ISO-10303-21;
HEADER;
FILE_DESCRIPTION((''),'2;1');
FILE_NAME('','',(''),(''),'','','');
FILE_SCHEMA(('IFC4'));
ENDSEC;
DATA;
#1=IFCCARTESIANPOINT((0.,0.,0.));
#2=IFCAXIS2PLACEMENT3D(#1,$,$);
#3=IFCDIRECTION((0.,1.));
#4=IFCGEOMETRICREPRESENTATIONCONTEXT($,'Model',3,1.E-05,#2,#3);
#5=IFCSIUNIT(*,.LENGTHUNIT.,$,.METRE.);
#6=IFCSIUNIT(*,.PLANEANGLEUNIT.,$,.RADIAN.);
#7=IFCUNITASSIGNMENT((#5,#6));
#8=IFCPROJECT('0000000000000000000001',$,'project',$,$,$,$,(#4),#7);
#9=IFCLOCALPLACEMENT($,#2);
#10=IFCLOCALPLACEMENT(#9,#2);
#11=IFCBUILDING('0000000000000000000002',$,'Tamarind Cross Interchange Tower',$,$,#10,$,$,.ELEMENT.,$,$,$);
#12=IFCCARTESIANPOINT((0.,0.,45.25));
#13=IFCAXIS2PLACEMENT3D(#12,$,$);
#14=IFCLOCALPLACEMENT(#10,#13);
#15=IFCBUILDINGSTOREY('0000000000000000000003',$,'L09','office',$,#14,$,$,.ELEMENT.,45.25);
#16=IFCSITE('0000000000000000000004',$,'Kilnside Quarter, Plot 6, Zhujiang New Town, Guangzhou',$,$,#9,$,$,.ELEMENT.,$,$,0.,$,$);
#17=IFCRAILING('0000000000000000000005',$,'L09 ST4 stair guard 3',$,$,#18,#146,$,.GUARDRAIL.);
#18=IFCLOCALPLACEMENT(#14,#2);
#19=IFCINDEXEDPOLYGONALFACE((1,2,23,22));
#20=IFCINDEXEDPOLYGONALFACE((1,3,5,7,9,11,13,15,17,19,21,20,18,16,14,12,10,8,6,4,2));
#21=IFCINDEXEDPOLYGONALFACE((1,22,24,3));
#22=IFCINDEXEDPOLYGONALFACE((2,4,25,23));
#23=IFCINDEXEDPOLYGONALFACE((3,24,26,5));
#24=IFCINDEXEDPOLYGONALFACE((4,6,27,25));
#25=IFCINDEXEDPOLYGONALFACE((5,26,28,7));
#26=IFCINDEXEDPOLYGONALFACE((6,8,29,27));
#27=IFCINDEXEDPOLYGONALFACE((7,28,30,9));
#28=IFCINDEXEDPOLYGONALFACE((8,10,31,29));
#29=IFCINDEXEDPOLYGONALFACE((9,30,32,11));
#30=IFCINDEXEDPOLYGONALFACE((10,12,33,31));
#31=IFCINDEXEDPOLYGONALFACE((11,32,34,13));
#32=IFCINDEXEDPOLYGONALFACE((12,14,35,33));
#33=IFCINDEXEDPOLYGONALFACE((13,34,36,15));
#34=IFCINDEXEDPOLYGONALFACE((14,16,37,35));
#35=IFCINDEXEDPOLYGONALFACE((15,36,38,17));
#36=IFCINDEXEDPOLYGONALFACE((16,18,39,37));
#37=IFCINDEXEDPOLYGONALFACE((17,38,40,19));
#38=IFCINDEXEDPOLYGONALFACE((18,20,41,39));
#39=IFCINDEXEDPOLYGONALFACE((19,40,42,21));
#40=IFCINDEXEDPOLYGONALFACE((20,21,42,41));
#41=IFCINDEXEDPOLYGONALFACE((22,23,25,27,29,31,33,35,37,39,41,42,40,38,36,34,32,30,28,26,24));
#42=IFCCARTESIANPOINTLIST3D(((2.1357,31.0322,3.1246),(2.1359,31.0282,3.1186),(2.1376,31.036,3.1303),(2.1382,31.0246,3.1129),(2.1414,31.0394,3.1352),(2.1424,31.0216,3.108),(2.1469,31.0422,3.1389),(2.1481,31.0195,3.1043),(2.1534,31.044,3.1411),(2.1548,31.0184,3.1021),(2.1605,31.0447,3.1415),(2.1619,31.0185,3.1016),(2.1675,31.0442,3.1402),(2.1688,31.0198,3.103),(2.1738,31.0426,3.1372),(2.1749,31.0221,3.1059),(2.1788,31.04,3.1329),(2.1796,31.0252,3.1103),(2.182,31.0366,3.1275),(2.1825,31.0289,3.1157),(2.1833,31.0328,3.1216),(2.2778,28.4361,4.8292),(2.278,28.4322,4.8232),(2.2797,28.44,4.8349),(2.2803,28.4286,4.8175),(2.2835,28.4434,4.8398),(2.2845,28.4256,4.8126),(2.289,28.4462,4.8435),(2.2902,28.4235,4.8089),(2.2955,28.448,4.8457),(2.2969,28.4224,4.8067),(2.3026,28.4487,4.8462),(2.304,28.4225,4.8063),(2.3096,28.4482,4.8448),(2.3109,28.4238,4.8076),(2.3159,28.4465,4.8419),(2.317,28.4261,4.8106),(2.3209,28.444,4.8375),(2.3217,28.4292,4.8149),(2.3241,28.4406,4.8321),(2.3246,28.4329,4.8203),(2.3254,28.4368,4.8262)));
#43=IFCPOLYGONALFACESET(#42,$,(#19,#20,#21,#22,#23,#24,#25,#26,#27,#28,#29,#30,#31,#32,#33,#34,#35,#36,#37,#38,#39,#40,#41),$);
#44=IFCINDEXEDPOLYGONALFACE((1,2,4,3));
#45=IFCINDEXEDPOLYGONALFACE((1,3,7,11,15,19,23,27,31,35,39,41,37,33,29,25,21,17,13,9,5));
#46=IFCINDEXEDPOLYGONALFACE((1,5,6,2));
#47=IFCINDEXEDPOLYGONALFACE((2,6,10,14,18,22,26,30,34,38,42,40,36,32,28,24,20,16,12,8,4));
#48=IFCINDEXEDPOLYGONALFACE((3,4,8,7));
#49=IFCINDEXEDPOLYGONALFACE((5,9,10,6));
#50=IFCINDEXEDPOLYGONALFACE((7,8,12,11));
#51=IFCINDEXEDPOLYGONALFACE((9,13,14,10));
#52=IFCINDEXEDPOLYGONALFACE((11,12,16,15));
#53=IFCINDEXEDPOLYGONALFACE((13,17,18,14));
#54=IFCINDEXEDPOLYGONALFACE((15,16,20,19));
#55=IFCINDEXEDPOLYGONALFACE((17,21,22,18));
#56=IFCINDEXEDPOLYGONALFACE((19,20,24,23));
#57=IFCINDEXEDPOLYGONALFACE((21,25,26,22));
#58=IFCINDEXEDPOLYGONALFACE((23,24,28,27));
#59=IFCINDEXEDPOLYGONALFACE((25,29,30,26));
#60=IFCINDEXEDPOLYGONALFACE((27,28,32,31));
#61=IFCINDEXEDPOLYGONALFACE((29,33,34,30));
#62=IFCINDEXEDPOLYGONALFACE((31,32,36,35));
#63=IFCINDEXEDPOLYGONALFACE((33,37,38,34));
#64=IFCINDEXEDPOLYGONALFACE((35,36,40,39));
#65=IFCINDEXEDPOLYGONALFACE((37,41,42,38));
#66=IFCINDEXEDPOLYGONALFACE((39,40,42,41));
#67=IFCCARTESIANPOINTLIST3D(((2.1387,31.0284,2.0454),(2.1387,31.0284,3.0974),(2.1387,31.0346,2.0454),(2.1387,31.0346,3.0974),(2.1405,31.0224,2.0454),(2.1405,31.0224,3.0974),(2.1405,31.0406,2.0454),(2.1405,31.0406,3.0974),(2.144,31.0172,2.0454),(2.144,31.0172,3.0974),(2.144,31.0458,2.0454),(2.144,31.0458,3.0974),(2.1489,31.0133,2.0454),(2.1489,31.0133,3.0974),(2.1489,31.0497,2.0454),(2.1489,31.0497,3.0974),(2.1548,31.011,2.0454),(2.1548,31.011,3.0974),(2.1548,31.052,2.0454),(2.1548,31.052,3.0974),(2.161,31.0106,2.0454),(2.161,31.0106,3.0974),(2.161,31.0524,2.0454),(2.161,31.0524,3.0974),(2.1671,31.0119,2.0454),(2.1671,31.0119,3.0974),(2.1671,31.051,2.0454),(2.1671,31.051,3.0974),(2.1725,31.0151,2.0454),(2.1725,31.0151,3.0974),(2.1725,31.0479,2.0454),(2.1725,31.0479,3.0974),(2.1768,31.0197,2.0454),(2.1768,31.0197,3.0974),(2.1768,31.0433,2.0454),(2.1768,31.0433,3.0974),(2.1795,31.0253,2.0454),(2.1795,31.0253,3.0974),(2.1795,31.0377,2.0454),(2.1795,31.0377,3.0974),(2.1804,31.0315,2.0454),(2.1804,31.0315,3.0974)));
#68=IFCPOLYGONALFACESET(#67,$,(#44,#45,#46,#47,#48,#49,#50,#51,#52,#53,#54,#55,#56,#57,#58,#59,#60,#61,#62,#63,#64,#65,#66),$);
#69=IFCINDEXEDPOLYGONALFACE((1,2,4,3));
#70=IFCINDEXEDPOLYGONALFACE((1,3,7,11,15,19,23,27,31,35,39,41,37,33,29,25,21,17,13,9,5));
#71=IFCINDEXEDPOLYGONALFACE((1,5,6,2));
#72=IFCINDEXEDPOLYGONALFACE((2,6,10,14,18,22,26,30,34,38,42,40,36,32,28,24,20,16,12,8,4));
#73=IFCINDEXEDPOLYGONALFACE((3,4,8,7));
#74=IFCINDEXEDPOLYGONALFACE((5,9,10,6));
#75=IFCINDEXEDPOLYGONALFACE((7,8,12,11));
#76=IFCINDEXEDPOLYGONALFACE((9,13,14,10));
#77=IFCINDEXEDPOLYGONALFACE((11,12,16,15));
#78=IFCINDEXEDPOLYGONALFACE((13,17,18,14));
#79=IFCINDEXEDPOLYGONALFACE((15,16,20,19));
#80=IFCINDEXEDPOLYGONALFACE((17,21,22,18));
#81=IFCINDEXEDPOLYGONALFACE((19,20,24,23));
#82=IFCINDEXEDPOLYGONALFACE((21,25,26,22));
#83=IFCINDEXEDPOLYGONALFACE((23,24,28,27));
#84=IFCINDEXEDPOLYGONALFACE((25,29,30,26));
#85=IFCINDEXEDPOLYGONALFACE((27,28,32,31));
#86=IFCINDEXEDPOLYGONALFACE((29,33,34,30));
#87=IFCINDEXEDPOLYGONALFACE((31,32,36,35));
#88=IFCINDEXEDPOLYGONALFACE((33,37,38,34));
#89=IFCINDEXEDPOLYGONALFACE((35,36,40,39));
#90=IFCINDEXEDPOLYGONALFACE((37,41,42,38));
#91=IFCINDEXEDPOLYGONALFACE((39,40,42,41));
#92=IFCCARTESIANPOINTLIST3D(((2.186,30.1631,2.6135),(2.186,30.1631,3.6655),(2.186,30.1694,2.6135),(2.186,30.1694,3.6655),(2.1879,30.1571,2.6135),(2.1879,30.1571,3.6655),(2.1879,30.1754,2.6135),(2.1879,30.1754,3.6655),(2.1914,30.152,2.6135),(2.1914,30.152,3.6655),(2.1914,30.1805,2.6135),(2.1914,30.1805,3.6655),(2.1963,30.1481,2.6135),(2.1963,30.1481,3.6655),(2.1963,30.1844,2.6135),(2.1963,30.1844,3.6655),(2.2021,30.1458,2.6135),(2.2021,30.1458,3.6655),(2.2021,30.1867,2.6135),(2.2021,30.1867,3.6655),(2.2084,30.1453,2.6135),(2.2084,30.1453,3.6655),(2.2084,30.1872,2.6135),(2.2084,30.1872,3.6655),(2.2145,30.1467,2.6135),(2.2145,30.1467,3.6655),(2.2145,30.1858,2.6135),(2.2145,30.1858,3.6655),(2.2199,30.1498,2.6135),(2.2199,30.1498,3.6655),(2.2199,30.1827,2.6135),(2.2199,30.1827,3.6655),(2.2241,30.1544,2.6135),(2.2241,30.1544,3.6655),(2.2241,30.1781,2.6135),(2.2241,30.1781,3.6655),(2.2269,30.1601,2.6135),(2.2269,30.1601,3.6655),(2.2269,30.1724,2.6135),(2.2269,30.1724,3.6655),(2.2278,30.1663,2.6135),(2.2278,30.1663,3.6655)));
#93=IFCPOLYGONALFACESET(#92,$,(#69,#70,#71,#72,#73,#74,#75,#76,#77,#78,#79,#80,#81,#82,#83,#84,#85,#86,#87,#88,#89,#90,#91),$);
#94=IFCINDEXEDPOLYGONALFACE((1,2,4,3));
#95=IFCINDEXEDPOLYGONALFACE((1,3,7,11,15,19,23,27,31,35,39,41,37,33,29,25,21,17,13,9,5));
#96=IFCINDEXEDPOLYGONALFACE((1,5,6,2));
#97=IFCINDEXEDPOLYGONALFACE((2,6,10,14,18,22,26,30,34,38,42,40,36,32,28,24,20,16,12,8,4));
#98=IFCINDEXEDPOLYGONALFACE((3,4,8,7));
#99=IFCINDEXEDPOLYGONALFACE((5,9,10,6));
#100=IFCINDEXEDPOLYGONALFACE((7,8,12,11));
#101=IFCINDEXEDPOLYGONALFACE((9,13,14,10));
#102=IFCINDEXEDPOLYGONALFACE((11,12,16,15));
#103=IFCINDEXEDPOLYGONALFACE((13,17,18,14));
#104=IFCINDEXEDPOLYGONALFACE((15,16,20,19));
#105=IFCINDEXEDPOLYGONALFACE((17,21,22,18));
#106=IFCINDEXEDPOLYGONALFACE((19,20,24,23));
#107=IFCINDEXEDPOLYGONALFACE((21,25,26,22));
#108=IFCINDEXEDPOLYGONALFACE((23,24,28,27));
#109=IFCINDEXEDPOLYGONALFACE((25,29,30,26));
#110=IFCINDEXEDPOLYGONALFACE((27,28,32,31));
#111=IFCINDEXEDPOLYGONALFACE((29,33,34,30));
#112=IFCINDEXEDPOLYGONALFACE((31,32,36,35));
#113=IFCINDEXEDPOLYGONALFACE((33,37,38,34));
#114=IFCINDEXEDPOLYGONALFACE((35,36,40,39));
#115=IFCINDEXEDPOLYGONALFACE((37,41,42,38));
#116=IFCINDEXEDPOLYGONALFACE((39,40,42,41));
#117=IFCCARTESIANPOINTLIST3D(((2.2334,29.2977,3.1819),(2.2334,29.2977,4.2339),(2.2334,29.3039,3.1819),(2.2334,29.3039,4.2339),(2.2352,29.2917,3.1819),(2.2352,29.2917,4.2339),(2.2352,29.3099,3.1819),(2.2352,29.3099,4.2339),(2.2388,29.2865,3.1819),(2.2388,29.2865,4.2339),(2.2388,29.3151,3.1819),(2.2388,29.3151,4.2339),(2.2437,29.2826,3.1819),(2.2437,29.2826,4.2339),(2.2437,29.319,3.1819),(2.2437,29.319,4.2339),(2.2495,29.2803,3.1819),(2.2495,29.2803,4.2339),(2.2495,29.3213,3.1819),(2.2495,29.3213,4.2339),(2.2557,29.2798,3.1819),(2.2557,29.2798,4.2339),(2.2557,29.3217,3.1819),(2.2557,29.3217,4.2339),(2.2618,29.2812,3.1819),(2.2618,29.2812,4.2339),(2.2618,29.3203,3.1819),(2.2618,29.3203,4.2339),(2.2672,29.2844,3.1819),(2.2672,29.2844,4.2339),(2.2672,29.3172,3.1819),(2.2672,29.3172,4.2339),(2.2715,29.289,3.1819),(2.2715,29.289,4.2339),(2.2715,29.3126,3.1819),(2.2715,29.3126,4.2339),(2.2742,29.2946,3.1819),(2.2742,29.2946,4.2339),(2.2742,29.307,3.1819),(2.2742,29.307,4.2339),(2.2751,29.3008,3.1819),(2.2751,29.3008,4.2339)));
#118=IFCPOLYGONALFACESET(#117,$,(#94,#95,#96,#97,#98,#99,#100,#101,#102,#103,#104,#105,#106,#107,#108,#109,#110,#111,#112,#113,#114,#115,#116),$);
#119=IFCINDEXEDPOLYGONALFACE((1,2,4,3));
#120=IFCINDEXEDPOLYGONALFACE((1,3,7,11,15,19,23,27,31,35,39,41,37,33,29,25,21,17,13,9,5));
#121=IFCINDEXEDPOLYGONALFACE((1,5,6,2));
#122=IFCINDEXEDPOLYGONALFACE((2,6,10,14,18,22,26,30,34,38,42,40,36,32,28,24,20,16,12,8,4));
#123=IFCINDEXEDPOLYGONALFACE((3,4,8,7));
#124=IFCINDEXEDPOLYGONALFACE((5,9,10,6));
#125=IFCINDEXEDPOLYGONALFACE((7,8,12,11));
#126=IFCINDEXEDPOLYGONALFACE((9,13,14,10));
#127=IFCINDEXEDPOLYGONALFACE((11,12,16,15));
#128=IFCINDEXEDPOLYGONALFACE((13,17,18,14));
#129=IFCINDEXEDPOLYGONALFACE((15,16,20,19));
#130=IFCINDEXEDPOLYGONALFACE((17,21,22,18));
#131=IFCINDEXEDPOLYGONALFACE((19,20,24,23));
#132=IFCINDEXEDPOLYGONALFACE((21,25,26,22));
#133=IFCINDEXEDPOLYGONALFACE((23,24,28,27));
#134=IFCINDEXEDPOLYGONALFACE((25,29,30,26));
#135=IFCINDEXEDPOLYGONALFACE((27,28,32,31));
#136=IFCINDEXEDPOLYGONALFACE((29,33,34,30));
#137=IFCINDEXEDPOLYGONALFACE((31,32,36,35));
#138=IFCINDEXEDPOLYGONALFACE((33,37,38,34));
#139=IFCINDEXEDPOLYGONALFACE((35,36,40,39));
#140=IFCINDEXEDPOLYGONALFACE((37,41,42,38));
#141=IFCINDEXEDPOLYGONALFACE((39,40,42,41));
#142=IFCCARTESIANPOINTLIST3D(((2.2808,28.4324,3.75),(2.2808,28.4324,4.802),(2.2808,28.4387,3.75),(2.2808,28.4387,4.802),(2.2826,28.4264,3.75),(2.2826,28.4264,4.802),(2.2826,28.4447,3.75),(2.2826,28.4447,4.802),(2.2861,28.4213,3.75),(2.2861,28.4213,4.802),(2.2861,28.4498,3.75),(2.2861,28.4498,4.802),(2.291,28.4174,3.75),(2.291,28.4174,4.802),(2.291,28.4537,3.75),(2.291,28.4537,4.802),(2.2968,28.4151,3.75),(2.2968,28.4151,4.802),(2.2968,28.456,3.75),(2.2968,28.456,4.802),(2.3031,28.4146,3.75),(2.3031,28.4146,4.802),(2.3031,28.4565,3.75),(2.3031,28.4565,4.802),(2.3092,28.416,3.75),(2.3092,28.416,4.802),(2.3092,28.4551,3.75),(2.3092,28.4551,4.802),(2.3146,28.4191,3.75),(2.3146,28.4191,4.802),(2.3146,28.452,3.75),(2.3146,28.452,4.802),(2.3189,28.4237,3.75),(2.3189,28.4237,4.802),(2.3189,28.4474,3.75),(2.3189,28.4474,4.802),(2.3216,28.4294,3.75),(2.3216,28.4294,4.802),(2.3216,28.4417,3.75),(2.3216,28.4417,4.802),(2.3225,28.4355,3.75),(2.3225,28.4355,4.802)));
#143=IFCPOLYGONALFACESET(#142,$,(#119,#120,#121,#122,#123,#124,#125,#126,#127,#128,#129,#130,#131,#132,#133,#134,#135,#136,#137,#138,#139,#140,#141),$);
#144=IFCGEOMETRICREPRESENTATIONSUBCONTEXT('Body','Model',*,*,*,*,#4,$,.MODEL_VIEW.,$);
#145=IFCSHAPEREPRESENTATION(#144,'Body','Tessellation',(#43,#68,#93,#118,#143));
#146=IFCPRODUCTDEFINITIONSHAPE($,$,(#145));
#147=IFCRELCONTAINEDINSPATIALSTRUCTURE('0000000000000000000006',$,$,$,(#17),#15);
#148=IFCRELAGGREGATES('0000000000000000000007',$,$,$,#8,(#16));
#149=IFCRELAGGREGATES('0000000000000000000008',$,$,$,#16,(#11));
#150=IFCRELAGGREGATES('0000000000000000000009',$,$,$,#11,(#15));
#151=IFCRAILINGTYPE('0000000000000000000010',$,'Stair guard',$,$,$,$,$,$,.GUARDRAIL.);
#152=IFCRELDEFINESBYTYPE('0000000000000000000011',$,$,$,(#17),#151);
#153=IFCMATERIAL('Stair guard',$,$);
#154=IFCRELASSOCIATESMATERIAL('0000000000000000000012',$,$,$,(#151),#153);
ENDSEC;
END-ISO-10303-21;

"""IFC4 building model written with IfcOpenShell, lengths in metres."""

from ifc_helpers import new_model, si_unit, direction, frame, origin, origin_2d, place, context, subcontext, project, spatial, circle, extrude, material, type_object, element, save


model = new_model("IFC4")

# Units and contexts
model_context = context("Model", 3, precision=1e-05, world=origin(), true_north=direction((0.0, 1.0)))
body_context = subcontext(model_context, "Body", "Model", "MODEL_VIEW")
ifc_project = project(units=[si_unit("LENGTHUNIT", "METRE"), si_unit("PLANEANGLEUNIT", "RADIAN")], contexts=[model_context])

# Site, building, storey
site_placement = place(None, origin())
site = spatial("IfcSite", under=ifc_project, at=site_placement, Name="Kilnside Quarter, Plot 6, Zhujiang New Town, Guangzhou", CompositionType="ELEMENT", RefElevation=0.0)
building_placement = place(site_placement, origin())
building = spatial("IfcBuilding", under=site, at=building_placement, Name="Tamarind Cross Interchange Tower", CompositionType="ELEMENT")
storey_placement = place(building_placement, frame((0.0, 0.0, 45.25)))
storey = spatial("IfcBuildingStorey", under=building, at=storey_placement, Name="L09", Description="office", CompositionType="ELEMENT", Elevation=45.25)

# Railing
ifc_material_1 = material(Name="Stair guard")
railing_type_1 = type_object("IfcRailingType", Name="Stair guard", PredefinedType="GUARDRAIL", material=ifc_material_1)
railing_1_placement = place(storey_placement, frame((2.1594, 31.0315, 2.0454)))
element("IfcRailing", 1, at=railing_1_placement, inside=storey, type_object=railing_type_1, Name="L09 ST4 stair guard 3", PredefinedType="GUARDRAIL", context=body_context, shape_type="SweptSolid", body=[
    extrude(circle(Radius=0.0239, at=origin_2d()), frame((0.0, 0.0, 1.0762), z_axis=(0.045705, -0.835027, 0.548308), x_axis=(0.998505, 0.054653, 0.0)), (0.0, 0.0, 1.0), 3.1089),
    extrude(circle(Radius=0.021, at=origin_2d()), origin(), (0.0, 0.0, 1.0), 1.052),
    extrude(circle(Radius=0.021, at=origin_2d()), frame((0.0474, -0.8652, 0.5681)), (0.0, 0.0, 1.0), 1.052),
    extrude(circle(Radius=0.021, at=origin_2d()), frame((0.0947, -1.7307, 1.1365)), (0.0, 0.0, 1.0), 1.052),
    extrude(circle(Radius=0.021, at=origin_2d()), frame((0.1421, -2.5959, 1.7046)), (0.0, 0.0, 1.0), 1.052),
])

save(model, "model.ifc")
